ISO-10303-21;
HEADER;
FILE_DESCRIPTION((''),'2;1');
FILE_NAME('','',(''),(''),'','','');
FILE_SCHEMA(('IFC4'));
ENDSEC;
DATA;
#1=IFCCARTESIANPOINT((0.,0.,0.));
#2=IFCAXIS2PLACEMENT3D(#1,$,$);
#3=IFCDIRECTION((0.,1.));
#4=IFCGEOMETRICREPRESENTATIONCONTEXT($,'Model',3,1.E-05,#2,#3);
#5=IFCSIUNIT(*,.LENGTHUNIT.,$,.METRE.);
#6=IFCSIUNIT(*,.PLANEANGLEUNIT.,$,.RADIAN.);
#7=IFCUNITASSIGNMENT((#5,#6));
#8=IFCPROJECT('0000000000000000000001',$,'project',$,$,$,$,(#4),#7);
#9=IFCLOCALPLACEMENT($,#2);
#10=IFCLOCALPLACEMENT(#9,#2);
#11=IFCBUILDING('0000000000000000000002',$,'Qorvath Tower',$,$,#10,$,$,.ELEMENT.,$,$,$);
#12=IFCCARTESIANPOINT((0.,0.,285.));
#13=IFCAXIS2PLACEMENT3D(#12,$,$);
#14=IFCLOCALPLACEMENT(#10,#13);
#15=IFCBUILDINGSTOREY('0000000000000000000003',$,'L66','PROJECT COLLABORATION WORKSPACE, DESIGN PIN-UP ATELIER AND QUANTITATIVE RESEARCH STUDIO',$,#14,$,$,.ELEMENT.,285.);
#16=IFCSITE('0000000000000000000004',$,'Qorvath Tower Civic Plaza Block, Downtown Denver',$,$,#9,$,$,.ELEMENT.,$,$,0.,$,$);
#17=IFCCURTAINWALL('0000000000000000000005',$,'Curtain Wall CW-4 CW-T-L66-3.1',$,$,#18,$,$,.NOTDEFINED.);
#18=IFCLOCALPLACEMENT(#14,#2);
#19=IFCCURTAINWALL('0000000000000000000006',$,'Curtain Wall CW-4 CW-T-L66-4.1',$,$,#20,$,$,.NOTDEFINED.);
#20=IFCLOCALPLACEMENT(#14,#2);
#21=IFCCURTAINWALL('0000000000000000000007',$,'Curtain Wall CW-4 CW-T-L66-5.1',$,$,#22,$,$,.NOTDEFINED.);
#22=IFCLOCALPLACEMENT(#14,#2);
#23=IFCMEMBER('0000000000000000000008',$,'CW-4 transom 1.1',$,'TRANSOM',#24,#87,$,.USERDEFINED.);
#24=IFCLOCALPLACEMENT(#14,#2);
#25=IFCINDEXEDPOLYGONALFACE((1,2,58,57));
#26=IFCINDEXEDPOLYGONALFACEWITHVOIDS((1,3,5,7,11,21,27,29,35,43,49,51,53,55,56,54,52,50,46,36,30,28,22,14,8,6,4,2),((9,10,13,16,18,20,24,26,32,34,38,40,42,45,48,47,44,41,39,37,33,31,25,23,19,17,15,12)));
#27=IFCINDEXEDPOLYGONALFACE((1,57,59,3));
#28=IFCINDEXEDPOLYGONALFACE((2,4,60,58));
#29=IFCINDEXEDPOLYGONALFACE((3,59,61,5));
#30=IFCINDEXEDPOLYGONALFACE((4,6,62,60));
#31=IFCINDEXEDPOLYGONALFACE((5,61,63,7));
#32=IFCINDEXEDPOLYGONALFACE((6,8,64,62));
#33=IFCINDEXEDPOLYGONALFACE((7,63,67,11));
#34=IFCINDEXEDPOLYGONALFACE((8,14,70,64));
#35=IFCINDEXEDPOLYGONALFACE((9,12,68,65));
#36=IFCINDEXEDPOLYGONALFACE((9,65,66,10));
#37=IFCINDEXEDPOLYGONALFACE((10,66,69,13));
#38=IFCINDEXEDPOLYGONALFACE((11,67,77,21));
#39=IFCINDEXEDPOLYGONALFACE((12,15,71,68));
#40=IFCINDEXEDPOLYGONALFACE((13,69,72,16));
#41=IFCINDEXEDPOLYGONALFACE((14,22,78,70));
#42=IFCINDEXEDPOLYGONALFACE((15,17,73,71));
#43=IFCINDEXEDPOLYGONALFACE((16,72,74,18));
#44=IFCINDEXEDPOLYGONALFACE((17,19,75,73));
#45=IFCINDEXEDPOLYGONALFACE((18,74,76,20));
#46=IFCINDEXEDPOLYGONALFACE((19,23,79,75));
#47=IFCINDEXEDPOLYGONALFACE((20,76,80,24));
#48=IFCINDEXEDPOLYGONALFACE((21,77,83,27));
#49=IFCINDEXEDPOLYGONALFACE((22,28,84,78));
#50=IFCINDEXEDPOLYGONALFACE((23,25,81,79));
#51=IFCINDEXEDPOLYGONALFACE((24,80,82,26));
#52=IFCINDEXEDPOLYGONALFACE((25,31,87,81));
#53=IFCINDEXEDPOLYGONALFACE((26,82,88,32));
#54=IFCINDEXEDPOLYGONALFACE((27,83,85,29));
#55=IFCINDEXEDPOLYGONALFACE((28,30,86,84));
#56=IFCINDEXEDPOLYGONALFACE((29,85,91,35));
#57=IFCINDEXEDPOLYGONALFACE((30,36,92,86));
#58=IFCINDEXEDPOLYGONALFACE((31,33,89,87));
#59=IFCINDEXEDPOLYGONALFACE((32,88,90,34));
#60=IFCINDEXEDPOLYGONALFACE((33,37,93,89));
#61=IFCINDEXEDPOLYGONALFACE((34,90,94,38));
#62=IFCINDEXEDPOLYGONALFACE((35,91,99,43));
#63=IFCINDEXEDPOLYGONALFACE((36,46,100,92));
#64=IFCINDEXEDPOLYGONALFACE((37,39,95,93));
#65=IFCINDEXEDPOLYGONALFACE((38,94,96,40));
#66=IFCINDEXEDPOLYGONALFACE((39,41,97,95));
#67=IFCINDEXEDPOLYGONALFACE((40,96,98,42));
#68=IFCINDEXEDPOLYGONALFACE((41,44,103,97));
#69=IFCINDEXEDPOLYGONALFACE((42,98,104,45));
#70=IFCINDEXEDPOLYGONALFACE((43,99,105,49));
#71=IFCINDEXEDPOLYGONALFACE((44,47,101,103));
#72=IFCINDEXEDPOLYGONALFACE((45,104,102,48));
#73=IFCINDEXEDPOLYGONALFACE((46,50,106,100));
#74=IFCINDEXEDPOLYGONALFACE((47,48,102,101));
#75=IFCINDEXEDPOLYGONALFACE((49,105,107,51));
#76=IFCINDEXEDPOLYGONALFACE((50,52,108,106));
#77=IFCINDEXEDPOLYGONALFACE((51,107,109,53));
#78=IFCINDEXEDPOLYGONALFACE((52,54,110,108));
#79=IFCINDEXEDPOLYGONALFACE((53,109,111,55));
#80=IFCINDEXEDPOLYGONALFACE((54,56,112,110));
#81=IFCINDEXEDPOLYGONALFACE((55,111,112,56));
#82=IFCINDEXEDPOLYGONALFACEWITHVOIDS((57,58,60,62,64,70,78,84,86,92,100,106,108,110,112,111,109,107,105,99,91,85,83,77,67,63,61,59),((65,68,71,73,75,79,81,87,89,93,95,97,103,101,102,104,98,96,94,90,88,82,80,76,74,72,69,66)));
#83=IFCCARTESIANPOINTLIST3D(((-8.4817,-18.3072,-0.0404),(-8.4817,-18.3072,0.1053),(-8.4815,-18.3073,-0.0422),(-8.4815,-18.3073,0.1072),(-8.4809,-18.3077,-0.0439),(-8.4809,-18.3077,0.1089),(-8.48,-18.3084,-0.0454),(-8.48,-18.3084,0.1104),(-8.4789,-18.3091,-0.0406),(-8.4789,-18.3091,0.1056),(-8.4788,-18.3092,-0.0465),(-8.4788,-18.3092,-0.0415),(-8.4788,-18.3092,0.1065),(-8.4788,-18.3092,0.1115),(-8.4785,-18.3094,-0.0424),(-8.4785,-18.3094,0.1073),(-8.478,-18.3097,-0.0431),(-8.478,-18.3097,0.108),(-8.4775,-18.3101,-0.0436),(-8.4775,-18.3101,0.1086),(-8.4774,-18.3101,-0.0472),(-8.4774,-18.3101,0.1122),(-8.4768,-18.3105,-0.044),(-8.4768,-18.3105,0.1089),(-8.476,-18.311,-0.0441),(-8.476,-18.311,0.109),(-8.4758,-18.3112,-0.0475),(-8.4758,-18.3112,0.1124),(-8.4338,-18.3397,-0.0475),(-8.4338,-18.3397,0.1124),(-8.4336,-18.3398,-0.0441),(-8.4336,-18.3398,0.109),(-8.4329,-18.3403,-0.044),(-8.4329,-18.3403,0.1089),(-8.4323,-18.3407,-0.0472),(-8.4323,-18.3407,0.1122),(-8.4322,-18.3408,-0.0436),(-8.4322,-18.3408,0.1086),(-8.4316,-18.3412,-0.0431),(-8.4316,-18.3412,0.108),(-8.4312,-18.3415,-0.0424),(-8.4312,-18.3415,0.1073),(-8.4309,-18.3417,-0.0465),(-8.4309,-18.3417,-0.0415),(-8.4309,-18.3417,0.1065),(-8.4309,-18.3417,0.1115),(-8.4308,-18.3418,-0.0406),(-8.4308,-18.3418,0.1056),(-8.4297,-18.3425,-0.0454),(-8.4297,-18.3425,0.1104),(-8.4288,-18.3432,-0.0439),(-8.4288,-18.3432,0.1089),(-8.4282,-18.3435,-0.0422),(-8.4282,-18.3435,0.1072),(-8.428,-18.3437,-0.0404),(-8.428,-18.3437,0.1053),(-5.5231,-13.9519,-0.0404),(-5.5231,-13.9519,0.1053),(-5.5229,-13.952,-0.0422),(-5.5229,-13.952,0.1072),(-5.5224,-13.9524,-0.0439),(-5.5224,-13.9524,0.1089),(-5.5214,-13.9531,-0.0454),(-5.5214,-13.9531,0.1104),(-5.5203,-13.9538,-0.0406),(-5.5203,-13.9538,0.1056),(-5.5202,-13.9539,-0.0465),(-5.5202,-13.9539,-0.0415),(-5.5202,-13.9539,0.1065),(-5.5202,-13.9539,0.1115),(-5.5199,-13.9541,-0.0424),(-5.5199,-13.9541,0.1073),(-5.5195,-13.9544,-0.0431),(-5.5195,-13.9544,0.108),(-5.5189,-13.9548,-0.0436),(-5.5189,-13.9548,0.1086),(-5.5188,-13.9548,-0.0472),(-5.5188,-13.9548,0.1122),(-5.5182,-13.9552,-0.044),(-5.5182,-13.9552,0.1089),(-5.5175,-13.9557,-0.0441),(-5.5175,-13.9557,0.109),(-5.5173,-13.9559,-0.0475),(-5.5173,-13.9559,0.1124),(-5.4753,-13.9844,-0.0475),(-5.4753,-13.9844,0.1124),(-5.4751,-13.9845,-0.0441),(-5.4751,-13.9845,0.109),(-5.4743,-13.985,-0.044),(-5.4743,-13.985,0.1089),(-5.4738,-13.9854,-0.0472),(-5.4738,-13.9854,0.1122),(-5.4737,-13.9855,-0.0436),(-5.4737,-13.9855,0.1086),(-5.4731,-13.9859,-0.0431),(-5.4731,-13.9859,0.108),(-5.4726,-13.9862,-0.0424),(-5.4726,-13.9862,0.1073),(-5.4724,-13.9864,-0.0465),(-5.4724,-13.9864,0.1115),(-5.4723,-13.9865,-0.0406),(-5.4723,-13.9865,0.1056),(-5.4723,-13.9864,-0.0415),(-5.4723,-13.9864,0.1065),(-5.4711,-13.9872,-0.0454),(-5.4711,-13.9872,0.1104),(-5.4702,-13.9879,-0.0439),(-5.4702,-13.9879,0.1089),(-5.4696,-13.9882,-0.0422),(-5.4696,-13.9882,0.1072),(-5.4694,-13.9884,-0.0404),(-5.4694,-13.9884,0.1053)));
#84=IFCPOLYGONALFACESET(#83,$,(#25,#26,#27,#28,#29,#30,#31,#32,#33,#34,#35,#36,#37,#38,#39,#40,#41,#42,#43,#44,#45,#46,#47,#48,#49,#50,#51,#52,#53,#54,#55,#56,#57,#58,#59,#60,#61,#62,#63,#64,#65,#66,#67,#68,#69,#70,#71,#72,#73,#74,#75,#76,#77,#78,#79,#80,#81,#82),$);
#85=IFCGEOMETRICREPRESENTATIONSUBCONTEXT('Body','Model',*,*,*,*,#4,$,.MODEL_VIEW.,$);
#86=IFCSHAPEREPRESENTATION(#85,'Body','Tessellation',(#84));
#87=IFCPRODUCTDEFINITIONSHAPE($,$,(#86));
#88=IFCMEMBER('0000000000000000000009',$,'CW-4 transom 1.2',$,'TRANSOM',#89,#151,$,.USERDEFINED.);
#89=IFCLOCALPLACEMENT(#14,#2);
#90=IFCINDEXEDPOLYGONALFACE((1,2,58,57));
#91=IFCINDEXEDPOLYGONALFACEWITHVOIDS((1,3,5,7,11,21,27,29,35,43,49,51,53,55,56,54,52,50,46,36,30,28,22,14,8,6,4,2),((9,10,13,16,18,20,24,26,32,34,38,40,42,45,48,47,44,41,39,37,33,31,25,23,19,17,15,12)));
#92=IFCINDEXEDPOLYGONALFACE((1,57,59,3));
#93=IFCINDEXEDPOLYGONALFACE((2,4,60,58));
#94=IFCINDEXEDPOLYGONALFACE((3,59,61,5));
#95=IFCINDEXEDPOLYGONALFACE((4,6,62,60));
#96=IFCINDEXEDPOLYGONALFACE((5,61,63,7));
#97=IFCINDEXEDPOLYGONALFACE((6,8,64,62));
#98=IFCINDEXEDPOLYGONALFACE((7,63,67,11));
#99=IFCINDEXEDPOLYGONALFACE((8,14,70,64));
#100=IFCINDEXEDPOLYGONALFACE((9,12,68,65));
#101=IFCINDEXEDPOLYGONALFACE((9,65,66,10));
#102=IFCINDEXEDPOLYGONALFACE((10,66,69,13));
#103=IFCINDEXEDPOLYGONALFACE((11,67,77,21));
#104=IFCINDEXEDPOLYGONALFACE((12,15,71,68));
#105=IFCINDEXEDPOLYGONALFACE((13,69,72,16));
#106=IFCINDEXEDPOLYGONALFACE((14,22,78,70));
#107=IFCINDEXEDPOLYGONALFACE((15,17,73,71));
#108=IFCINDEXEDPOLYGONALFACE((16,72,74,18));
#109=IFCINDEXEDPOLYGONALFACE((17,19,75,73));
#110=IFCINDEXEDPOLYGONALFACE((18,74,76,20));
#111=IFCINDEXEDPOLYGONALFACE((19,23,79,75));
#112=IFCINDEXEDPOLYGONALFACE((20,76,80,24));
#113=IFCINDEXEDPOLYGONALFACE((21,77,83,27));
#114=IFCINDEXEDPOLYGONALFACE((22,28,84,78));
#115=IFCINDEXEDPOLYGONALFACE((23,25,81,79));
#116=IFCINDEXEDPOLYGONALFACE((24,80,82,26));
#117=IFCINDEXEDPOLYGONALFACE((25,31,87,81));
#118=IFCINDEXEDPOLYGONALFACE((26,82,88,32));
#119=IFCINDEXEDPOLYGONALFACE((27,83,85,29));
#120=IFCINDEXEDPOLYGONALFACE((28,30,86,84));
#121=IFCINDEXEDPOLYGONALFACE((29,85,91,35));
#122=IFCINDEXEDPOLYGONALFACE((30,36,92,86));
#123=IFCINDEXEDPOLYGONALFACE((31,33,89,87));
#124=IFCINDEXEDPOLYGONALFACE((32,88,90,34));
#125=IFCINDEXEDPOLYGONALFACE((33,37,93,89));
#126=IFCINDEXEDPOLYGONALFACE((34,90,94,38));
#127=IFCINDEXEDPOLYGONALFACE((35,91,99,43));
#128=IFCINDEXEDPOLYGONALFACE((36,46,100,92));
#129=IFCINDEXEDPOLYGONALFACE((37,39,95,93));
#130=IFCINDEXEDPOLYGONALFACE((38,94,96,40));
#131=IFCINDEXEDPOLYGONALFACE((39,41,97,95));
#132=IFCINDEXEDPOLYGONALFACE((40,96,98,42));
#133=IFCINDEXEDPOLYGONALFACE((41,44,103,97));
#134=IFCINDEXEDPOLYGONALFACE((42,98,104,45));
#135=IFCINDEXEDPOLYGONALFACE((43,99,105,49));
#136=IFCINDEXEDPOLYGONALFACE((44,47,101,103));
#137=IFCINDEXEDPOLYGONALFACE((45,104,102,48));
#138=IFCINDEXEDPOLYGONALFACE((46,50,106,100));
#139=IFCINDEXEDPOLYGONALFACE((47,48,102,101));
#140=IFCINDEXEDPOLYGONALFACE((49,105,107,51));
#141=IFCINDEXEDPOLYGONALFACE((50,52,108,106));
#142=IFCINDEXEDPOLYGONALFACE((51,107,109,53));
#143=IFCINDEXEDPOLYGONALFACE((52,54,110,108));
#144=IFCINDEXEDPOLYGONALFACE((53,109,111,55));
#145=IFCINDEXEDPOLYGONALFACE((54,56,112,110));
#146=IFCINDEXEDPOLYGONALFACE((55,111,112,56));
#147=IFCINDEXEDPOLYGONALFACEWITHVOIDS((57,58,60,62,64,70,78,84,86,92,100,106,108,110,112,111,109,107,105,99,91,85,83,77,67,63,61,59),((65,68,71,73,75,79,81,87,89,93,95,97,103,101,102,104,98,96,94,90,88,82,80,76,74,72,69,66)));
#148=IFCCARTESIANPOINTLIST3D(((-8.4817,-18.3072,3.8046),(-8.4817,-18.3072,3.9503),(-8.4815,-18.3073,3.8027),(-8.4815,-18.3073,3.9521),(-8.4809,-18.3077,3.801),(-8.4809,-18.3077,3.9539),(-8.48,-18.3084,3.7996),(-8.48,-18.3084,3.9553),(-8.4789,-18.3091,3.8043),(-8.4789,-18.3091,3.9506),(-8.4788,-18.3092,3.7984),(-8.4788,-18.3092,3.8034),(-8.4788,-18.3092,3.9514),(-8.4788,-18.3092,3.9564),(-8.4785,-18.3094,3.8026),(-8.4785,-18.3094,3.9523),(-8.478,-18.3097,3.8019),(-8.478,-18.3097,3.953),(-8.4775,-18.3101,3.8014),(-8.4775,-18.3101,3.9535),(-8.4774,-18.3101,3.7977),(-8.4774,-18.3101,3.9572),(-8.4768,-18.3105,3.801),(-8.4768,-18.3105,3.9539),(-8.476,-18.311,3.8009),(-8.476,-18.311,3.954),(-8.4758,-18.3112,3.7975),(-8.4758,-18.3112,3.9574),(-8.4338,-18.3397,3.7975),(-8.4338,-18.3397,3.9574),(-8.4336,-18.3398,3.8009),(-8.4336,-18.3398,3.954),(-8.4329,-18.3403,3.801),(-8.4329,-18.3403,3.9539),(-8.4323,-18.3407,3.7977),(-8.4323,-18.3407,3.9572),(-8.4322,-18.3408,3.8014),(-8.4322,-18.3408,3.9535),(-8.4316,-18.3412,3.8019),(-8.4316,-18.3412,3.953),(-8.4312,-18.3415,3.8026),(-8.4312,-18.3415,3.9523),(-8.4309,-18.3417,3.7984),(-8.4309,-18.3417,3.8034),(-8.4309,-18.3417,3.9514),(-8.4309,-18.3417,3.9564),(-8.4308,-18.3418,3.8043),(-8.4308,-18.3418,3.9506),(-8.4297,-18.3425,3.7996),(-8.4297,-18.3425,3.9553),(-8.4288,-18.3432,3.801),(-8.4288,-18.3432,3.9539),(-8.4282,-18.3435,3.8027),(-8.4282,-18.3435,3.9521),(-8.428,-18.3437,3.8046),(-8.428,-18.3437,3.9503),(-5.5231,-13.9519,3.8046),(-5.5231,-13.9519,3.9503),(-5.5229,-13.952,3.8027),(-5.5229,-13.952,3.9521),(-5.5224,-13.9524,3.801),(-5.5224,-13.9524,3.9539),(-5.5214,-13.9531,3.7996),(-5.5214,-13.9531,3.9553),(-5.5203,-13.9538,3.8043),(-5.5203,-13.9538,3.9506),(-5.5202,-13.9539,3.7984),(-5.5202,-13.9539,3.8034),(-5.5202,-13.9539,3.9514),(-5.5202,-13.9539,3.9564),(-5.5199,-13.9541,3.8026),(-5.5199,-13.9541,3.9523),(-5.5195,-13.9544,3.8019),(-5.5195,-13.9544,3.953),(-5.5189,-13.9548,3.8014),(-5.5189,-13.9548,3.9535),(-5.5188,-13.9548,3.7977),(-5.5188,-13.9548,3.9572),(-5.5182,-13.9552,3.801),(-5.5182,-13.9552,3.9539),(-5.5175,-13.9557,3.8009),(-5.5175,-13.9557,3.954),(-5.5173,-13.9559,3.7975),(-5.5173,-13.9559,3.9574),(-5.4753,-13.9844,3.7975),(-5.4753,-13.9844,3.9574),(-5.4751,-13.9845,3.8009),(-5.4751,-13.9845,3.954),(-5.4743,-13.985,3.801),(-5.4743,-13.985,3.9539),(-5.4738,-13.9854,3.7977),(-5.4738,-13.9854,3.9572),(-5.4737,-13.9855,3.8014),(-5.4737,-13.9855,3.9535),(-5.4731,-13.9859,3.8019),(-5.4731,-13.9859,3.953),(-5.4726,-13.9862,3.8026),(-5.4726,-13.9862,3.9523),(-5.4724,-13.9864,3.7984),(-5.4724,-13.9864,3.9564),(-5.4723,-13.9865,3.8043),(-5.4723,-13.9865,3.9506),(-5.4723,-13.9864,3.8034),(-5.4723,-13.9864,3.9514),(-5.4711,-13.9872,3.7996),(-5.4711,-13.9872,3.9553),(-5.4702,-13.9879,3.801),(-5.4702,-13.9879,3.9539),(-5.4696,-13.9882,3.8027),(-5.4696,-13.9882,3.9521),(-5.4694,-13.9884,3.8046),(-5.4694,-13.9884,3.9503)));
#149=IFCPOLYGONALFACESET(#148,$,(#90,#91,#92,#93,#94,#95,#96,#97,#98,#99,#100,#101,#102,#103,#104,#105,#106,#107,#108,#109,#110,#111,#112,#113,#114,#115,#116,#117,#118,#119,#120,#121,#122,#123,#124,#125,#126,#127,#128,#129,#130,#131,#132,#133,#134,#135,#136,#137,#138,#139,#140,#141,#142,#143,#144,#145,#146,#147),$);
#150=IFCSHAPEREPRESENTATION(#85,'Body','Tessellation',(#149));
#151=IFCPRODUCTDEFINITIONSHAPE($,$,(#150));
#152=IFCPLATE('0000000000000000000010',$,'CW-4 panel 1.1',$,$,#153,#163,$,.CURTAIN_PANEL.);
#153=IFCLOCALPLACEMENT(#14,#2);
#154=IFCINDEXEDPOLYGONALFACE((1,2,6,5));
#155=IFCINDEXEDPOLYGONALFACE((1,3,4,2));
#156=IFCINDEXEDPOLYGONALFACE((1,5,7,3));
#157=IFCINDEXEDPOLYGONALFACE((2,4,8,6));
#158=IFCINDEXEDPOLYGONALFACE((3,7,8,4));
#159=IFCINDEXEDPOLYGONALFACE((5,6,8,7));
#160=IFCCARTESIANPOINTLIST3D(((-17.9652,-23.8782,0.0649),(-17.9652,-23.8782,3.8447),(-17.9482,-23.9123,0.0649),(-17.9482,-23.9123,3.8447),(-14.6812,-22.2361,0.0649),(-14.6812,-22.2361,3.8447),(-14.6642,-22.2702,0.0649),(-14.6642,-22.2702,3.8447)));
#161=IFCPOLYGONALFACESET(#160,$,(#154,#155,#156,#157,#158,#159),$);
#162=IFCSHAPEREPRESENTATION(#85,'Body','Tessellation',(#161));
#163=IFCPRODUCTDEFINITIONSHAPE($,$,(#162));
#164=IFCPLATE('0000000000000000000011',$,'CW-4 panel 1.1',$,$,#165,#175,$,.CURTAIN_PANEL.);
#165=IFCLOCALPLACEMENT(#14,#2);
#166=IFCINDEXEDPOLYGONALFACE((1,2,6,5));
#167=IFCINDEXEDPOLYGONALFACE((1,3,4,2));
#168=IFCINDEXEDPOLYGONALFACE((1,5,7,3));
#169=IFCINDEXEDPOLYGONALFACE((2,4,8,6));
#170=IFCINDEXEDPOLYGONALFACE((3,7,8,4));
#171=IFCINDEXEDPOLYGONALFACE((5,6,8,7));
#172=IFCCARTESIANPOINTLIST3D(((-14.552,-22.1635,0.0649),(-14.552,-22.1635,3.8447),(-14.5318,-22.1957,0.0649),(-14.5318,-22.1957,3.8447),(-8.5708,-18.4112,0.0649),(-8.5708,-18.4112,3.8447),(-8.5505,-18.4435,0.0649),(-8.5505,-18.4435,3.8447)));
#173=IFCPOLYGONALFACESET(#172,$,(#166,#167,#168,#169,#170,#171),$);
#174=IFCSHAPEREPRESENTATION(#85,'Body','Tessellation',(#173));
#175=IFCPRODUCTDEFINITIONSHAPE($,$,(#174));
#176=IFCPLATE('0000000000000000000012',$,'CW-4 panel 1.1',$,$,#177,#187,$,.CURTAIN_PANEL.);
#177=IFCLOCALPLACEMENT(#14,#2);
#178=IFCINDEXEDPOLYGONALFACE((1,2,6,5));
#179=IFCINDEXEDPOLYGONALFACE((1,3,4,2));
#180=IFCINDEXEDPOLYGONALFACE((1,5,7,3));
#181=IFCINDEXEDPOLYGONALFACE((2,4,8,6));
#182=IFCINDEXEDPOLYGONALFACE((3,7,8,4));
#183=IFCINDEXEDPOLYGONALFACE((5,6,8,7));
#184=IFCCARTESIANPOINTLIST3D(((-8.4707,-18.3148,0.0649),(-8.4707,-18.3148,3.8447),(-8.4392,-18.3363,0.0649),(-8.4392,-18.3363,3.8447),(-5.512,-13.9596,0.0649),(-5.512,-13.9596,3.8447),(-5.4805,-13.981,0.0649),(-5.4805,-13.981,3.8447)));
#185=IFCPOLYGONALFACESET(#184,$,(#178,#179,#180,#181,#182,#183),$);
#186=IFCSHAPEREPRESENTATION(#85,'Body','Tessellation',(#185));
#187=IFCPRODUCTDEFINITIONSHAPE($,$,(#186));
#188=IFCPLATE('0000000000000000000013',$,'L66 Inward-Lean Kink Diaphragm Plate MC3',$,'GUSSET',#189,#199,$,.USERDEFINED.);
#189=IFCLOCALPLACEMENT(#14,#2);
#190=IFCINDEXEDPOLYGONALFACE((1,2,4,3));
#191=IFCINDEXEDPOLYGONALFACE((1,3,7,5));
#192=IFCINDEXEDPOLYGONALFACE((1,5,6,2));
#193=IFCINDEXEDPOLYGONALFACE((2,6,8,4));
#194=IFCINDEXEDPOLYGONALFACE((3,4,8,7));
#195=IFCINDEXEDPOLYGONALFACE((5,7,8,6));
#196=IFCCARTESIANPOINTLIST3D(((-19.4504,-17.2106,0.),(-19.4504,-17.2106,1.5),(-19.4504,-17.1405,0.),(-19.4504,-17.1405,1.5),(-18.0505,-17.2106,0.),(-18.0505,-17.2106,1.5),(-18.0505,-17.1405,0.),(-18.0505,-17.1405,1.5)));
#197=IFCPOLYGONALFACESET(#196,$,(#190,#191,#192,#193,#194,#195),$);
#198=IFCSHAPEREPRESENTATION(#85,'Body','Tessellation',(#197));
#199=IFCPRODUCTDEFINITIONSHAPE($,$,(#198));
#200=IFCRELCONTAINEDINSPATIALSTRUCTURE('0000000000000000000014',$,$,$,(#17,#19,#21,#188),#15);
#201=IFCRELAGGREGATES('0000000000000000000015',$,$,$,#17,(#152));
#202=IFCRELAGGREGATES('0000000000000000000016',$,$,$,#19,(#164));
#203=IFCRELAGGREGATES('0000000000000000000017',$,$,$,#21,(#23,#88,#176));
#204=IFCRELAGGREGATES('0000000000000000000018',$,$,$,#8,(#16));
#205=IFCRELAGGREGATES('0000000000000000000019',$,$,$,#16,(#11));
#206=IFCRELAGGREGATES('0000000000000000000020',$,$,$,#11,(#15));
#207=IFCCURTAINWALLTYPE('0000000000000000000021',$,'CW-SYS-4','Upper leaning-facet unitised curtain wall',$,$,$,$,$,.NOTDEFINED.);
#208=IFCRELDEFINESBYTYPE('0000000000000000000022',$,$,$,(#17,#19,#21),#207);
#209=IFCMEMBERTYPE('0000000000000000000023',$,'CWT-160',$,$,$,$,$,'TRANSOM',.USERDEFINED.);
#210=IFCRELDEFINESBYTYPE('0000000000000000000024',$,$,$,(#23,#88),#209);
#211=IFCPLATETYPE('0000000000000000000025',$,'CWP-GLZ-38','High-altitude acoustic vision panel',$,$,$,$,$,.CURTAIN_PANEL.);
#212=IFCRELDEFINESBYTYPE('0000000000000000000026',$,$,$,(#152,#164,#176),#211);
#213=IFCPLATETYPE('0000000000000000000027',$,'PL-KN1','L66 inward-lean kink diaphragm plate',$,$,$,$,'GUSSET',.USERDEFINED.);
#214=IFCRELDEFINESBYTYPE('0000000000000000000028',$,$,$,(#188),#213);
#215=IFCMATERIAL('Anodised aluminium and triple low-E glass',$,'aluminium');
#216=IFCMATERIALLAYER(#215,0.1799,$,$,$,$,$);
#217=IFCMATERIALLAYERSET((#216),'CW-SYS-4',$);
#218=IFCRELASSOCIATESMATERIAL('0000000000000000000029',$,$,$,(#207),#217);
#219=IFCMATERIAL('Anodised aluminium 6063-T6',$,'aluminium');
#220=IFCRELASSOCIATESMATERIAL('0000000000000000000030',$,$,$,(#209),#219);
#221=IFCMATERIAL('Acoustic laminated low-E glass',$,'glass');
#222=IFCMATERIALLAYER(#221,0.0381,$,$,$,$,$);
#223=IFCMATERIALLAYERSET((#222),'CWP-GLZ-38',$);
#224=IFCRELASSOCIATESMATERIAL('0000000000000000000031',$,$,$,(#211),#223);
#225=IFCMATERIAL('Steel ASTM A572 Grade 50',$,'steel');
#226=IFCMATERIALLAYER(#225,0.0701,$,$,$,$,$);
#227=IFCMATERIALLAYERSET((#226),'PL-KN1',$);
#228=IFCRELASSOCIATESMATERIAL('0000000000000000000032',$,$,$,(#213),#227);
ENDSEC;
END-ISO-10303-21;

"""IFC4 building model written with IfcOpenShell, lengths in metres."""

from ifc_helpers import new_model, si_unit, direction, frame, origin, origin_2d, place, context, subcontext, project, spatial, rectangle, hollow_rectangle, extrude, material, layer, layer_set, material_profile, profile_set, type_object, element, aggregate, save


model = new_model("IFC4")

# Units and contexts
model_context = context("Model", 3, precision=1e-05, world=origin(), true_north=direction((0.0, 1.0)))
body_context = subcontext(model_context, "Body", "Model", "MODEL_VIEW")
ifc_project = project(units=[si_unit("LENGTHUNIT", "METRE"), si_unit("PLANEANGLEUNIT", "RADIAN")], contexts=[model_context])

# Site, building, storey
site_placement = place(None, origin())
site = spatial("IfcSite", under=ifc_project, at=site_placement, Name="Qorvath Tower Civic Plaza Block, Downtown Denver", CompositionType="ELEMENT", RefElevation=0.0)
building_placement = place(site_placement, origin())
building = spatial("IfcBuilding", under=site, at=building_placement, Name="Qorvath Tower", CompositionType="ELEMENT")
storey_placement = place(building_placement, frame((0.0, 0.0, 285.0)))
storey = spatial("IfcBuildingStorey", under=building, at=storey_placement, Name="L66", Description="PROJECT COLLABORATION WORKSPACE, DESIGN PIN-UP ATELIER AND QUANTITATIVE RESEARCH STUDIO", CompositionType="ELEMENT", Elevation=285.0)

# Shared definitions
ifc_material_1 = material(Name="Anodised aluminium and triple low-E glass", Category="aluminium")
ifc_layer_1 = layer(ifc_material_1, 0.1799)
ifc_layer_set_1 = layer_set([ifc_layer_1], Name="CW-SYS-4")
curtain_wall_type = type_object("IfcCurtainWallType", Name="CW-SYS-4", Description="Upper leaning-facet unitised curtain wall", PredefinedType="NOTDEFINED", material=ifc_layer_set_1)

# Curtain walls
curtain_wall_1_placement = place(storey_placement, origin())
curtain_wall_1 = element("IfcCurtainWall", 1, at=curtain_wall_1_placement, inside=storey, type_object=curtain_wall_type, Name="Curtain Wall CW-4 CW-T-L66-3.1", PredefinedType="NOTDEFINED")
curtain_wall_2_placement = place(storey_placement, origin())
curtain_wall_2 = element("IfcCurtainWall", 2, at=curtain_wall_2_placement, inside=storey, type_object=curtain_wall_type, Name="Curtain Wall CW-4 CW-T-L66-4.1", PredefinedType="NOTDEFINED")
curtain_wall_3_placement = place(storey_placement, origin())
curtain_wall_3 = element("IfcCurtainWall", 3, at=curtain_wall_3_placement, inside=storey, type_object=curtain_wall_type, Name="Curtain Wall CW-4 CW-T-L66-5.1", PredefinedType="NOTDEFINED")

# Members
ifc_material_2 = material(Name="Anodised aluminium 6063-T6", Category="aluminium")
ifc_material_profile_1 = material_profile(ifc_material_2, hollow_rectangle(XDim=0.0649, YDim=0.1599, WallThickness=0.0034, InnerFilletRadius=0.0034, OuterFilletRadius=0.0071, at=origin_2d()), Name="CWT 160x65")
ifc_profile_set_1 = profile_set([ifc_material_profile_1], Name="Anodised aluminium 6063-T6")
member_type_1 = type_object("IfcMemberType", Name="CWT-160", ElementType="TRANSOM", PredefinedType="USERDEFINED", material=ifc_profile_set_1)
member_1_placement = place(storey_placement, frame((-8.4548, -18.3254, 0.0325), z_axis=(0.561913, 0.827196, 0.0), x_axis=(-0.827196, 0.561913, 0.0)))
member_1 = element("IfcMember", 4, at=member_1_placement, type_object=member_type_1, Name="CW-4 transom 1.1", ObjectType="TRANSOM", PredefinedType="USERDEFINED", context=body_context, shape_type="SweptSolid", body=[
    extrude(hollow_rectangle(XDim=0.0649, YDim=0.1599, WallThickness=0.0034, InnerFilletRadius=0.0034, OuterFilletRadius=0.0071, at=origin_2d()), origin(), (0.0, 0.0, 1.0), 5.2651),
])
member_2_placement = place(storey_placement, frame((-8.4548, -18.3254, 3.8774), z_axis=(0.561913, 0.827196, 0.0), x_axis=(-0.827196, 0.561913, 0.0)))
member_2 = element("IfcMember", 5, at=member_2_placement, type_object=member_type_1, Name="CW-4 transom 1.2", ObjectType="TRANSOM", PredefinedType="USERDEFINED", context=body_context, shape_type="SweptSolid", body=[
    extrude(hollow_rectangle(XDim=0.0649, YDim=0.1599, WallThickness=0.0034, InnerFilletRadius=0.0034, OuterFilletRadius=0.0071, at=origin_2d()), origin(), (0.0, 0.0, 1.0), 5.2651),
])

# Plates
ifc_material_3 = material(Name="Acoustic laminated low-E glass", Category="glass")
ifc_layer_2 = layer(ifc_material_3, 0.0381)
ifc_layer_set_2 = layer_set([ifc_layer_2], Name="CWP-GLZ-38")
plate_type_1 = type_object("IfcPlateType", Name="CWP-GLZ-38", Description="High-altitude acoustic vision panel", PredefinedType="CURTAIN_PANEL", material=ifc_layer_set_2)
plate_1_placement = place(storey_placement, frame((-16.3147, -23.0742, 0.0649), z_axis=(0.0, 0.0, 1.0), x_axis=(0.894417, 0.447235, 0.0)))
plate_1 = element("IfcPlate", 6, at=plate_1_placement, type_object=plate_type_1, Name="CW-4 panel 1.1", PredefinedType="CURTAIN_PANEL", context=body_context, shape_type="SweptSolid", body=[
    extrude(rectangle(XDim=3.6716, YDim=0.0381, at=origin_2d()), origin(), (0.0, 0.0, 1.0), 3.7798),
])
aggregate(curtain_wall_1, [plate_1])
plate_2_placement = place(storey_placement, frame((-11.5513, -20.3035, 0.0649), z_axis=(0.0, 0.0, 1.0), x_axis=(0.847109, 0.531419, 0.0)))
plate_2 = element("IfcPlate", 7, at=plate_2_placement, type_object=plate_type_1, Name="CW-4 panel 1.1", PredefinedType="CURTAIN_PANEL", context=body_context, shape_type="SweptSolid", body=[
    extrude(rectangle(XDim=7.0608, YDim=0.0381, at=origin_2d()), origin(), (0.0, 0.0, 1.0), 3.7798),
])
aggregate(curtain_wall_2, [plate_2])
plate_3_placement = place(storey_placement, frame((-6.9756, -16.1479, 0.0649), z_axis=(0.0, 0.0, 1.0), x_axis=(0.561941, 0.827177, 0.0)))
plate_3 = element("IfcPlate", 8, at=plate_3_placement, type_object=plate_type_1, Name="CW-4 panel 1.1", PredefinedType="CURTAIN_PANEL", context=body_context, shape_type="SweptSolid", body=[
    extrude(rectangle(XDim=5.2651, YDim=0.0381, at=origin_2d()), origin(), (0.0, 0.0, 1.0), 3.7798),
])
aggregate(curtain_wall_3, [member_1, member_2, plate_3])
ifc_material_4 = material(Name="Steel ASTM A572 Grade 50", Category="steel")
ifc_layer_3 = layer(ifc_material_4, 0.0701)
ifc_layer_set_3 = layer_set([ifc_layer_3], Name="PL-KN1")
plate_type_2 = type_object("IfcPlateType", Name="PL-KN1", Description="L66 inward-lean kink diaphragm plate", ElementType="GUSSET", PredefinedType="USERDEFINED", material=ifc_layer_set_3)
plate_4_placement = place(storey_placement, frame((-18.7505, -17.1755, 0.0), z_axis=(0.0, 0.0, 1.0), x_axis=(1.0, 0.0, 0.0)))
element("IfcPlate", 9, at=plate_4_placement, inside=storey, type_object=plate_type_2, Name="L66 Inward-Lean Kink Diaphragm Plate MC3", ObjectType="GUSSET", PredefinedType="USERDEFINED", context=body_context, shape_type="SweptSolid", body=[
    extrude(rectangle(XDim=1.3999, YDim=0.0701, at=origin_2d()), origin(), (0.0, 0.0, 1.0), 1.5),
])

save(model, "model.ifc")
